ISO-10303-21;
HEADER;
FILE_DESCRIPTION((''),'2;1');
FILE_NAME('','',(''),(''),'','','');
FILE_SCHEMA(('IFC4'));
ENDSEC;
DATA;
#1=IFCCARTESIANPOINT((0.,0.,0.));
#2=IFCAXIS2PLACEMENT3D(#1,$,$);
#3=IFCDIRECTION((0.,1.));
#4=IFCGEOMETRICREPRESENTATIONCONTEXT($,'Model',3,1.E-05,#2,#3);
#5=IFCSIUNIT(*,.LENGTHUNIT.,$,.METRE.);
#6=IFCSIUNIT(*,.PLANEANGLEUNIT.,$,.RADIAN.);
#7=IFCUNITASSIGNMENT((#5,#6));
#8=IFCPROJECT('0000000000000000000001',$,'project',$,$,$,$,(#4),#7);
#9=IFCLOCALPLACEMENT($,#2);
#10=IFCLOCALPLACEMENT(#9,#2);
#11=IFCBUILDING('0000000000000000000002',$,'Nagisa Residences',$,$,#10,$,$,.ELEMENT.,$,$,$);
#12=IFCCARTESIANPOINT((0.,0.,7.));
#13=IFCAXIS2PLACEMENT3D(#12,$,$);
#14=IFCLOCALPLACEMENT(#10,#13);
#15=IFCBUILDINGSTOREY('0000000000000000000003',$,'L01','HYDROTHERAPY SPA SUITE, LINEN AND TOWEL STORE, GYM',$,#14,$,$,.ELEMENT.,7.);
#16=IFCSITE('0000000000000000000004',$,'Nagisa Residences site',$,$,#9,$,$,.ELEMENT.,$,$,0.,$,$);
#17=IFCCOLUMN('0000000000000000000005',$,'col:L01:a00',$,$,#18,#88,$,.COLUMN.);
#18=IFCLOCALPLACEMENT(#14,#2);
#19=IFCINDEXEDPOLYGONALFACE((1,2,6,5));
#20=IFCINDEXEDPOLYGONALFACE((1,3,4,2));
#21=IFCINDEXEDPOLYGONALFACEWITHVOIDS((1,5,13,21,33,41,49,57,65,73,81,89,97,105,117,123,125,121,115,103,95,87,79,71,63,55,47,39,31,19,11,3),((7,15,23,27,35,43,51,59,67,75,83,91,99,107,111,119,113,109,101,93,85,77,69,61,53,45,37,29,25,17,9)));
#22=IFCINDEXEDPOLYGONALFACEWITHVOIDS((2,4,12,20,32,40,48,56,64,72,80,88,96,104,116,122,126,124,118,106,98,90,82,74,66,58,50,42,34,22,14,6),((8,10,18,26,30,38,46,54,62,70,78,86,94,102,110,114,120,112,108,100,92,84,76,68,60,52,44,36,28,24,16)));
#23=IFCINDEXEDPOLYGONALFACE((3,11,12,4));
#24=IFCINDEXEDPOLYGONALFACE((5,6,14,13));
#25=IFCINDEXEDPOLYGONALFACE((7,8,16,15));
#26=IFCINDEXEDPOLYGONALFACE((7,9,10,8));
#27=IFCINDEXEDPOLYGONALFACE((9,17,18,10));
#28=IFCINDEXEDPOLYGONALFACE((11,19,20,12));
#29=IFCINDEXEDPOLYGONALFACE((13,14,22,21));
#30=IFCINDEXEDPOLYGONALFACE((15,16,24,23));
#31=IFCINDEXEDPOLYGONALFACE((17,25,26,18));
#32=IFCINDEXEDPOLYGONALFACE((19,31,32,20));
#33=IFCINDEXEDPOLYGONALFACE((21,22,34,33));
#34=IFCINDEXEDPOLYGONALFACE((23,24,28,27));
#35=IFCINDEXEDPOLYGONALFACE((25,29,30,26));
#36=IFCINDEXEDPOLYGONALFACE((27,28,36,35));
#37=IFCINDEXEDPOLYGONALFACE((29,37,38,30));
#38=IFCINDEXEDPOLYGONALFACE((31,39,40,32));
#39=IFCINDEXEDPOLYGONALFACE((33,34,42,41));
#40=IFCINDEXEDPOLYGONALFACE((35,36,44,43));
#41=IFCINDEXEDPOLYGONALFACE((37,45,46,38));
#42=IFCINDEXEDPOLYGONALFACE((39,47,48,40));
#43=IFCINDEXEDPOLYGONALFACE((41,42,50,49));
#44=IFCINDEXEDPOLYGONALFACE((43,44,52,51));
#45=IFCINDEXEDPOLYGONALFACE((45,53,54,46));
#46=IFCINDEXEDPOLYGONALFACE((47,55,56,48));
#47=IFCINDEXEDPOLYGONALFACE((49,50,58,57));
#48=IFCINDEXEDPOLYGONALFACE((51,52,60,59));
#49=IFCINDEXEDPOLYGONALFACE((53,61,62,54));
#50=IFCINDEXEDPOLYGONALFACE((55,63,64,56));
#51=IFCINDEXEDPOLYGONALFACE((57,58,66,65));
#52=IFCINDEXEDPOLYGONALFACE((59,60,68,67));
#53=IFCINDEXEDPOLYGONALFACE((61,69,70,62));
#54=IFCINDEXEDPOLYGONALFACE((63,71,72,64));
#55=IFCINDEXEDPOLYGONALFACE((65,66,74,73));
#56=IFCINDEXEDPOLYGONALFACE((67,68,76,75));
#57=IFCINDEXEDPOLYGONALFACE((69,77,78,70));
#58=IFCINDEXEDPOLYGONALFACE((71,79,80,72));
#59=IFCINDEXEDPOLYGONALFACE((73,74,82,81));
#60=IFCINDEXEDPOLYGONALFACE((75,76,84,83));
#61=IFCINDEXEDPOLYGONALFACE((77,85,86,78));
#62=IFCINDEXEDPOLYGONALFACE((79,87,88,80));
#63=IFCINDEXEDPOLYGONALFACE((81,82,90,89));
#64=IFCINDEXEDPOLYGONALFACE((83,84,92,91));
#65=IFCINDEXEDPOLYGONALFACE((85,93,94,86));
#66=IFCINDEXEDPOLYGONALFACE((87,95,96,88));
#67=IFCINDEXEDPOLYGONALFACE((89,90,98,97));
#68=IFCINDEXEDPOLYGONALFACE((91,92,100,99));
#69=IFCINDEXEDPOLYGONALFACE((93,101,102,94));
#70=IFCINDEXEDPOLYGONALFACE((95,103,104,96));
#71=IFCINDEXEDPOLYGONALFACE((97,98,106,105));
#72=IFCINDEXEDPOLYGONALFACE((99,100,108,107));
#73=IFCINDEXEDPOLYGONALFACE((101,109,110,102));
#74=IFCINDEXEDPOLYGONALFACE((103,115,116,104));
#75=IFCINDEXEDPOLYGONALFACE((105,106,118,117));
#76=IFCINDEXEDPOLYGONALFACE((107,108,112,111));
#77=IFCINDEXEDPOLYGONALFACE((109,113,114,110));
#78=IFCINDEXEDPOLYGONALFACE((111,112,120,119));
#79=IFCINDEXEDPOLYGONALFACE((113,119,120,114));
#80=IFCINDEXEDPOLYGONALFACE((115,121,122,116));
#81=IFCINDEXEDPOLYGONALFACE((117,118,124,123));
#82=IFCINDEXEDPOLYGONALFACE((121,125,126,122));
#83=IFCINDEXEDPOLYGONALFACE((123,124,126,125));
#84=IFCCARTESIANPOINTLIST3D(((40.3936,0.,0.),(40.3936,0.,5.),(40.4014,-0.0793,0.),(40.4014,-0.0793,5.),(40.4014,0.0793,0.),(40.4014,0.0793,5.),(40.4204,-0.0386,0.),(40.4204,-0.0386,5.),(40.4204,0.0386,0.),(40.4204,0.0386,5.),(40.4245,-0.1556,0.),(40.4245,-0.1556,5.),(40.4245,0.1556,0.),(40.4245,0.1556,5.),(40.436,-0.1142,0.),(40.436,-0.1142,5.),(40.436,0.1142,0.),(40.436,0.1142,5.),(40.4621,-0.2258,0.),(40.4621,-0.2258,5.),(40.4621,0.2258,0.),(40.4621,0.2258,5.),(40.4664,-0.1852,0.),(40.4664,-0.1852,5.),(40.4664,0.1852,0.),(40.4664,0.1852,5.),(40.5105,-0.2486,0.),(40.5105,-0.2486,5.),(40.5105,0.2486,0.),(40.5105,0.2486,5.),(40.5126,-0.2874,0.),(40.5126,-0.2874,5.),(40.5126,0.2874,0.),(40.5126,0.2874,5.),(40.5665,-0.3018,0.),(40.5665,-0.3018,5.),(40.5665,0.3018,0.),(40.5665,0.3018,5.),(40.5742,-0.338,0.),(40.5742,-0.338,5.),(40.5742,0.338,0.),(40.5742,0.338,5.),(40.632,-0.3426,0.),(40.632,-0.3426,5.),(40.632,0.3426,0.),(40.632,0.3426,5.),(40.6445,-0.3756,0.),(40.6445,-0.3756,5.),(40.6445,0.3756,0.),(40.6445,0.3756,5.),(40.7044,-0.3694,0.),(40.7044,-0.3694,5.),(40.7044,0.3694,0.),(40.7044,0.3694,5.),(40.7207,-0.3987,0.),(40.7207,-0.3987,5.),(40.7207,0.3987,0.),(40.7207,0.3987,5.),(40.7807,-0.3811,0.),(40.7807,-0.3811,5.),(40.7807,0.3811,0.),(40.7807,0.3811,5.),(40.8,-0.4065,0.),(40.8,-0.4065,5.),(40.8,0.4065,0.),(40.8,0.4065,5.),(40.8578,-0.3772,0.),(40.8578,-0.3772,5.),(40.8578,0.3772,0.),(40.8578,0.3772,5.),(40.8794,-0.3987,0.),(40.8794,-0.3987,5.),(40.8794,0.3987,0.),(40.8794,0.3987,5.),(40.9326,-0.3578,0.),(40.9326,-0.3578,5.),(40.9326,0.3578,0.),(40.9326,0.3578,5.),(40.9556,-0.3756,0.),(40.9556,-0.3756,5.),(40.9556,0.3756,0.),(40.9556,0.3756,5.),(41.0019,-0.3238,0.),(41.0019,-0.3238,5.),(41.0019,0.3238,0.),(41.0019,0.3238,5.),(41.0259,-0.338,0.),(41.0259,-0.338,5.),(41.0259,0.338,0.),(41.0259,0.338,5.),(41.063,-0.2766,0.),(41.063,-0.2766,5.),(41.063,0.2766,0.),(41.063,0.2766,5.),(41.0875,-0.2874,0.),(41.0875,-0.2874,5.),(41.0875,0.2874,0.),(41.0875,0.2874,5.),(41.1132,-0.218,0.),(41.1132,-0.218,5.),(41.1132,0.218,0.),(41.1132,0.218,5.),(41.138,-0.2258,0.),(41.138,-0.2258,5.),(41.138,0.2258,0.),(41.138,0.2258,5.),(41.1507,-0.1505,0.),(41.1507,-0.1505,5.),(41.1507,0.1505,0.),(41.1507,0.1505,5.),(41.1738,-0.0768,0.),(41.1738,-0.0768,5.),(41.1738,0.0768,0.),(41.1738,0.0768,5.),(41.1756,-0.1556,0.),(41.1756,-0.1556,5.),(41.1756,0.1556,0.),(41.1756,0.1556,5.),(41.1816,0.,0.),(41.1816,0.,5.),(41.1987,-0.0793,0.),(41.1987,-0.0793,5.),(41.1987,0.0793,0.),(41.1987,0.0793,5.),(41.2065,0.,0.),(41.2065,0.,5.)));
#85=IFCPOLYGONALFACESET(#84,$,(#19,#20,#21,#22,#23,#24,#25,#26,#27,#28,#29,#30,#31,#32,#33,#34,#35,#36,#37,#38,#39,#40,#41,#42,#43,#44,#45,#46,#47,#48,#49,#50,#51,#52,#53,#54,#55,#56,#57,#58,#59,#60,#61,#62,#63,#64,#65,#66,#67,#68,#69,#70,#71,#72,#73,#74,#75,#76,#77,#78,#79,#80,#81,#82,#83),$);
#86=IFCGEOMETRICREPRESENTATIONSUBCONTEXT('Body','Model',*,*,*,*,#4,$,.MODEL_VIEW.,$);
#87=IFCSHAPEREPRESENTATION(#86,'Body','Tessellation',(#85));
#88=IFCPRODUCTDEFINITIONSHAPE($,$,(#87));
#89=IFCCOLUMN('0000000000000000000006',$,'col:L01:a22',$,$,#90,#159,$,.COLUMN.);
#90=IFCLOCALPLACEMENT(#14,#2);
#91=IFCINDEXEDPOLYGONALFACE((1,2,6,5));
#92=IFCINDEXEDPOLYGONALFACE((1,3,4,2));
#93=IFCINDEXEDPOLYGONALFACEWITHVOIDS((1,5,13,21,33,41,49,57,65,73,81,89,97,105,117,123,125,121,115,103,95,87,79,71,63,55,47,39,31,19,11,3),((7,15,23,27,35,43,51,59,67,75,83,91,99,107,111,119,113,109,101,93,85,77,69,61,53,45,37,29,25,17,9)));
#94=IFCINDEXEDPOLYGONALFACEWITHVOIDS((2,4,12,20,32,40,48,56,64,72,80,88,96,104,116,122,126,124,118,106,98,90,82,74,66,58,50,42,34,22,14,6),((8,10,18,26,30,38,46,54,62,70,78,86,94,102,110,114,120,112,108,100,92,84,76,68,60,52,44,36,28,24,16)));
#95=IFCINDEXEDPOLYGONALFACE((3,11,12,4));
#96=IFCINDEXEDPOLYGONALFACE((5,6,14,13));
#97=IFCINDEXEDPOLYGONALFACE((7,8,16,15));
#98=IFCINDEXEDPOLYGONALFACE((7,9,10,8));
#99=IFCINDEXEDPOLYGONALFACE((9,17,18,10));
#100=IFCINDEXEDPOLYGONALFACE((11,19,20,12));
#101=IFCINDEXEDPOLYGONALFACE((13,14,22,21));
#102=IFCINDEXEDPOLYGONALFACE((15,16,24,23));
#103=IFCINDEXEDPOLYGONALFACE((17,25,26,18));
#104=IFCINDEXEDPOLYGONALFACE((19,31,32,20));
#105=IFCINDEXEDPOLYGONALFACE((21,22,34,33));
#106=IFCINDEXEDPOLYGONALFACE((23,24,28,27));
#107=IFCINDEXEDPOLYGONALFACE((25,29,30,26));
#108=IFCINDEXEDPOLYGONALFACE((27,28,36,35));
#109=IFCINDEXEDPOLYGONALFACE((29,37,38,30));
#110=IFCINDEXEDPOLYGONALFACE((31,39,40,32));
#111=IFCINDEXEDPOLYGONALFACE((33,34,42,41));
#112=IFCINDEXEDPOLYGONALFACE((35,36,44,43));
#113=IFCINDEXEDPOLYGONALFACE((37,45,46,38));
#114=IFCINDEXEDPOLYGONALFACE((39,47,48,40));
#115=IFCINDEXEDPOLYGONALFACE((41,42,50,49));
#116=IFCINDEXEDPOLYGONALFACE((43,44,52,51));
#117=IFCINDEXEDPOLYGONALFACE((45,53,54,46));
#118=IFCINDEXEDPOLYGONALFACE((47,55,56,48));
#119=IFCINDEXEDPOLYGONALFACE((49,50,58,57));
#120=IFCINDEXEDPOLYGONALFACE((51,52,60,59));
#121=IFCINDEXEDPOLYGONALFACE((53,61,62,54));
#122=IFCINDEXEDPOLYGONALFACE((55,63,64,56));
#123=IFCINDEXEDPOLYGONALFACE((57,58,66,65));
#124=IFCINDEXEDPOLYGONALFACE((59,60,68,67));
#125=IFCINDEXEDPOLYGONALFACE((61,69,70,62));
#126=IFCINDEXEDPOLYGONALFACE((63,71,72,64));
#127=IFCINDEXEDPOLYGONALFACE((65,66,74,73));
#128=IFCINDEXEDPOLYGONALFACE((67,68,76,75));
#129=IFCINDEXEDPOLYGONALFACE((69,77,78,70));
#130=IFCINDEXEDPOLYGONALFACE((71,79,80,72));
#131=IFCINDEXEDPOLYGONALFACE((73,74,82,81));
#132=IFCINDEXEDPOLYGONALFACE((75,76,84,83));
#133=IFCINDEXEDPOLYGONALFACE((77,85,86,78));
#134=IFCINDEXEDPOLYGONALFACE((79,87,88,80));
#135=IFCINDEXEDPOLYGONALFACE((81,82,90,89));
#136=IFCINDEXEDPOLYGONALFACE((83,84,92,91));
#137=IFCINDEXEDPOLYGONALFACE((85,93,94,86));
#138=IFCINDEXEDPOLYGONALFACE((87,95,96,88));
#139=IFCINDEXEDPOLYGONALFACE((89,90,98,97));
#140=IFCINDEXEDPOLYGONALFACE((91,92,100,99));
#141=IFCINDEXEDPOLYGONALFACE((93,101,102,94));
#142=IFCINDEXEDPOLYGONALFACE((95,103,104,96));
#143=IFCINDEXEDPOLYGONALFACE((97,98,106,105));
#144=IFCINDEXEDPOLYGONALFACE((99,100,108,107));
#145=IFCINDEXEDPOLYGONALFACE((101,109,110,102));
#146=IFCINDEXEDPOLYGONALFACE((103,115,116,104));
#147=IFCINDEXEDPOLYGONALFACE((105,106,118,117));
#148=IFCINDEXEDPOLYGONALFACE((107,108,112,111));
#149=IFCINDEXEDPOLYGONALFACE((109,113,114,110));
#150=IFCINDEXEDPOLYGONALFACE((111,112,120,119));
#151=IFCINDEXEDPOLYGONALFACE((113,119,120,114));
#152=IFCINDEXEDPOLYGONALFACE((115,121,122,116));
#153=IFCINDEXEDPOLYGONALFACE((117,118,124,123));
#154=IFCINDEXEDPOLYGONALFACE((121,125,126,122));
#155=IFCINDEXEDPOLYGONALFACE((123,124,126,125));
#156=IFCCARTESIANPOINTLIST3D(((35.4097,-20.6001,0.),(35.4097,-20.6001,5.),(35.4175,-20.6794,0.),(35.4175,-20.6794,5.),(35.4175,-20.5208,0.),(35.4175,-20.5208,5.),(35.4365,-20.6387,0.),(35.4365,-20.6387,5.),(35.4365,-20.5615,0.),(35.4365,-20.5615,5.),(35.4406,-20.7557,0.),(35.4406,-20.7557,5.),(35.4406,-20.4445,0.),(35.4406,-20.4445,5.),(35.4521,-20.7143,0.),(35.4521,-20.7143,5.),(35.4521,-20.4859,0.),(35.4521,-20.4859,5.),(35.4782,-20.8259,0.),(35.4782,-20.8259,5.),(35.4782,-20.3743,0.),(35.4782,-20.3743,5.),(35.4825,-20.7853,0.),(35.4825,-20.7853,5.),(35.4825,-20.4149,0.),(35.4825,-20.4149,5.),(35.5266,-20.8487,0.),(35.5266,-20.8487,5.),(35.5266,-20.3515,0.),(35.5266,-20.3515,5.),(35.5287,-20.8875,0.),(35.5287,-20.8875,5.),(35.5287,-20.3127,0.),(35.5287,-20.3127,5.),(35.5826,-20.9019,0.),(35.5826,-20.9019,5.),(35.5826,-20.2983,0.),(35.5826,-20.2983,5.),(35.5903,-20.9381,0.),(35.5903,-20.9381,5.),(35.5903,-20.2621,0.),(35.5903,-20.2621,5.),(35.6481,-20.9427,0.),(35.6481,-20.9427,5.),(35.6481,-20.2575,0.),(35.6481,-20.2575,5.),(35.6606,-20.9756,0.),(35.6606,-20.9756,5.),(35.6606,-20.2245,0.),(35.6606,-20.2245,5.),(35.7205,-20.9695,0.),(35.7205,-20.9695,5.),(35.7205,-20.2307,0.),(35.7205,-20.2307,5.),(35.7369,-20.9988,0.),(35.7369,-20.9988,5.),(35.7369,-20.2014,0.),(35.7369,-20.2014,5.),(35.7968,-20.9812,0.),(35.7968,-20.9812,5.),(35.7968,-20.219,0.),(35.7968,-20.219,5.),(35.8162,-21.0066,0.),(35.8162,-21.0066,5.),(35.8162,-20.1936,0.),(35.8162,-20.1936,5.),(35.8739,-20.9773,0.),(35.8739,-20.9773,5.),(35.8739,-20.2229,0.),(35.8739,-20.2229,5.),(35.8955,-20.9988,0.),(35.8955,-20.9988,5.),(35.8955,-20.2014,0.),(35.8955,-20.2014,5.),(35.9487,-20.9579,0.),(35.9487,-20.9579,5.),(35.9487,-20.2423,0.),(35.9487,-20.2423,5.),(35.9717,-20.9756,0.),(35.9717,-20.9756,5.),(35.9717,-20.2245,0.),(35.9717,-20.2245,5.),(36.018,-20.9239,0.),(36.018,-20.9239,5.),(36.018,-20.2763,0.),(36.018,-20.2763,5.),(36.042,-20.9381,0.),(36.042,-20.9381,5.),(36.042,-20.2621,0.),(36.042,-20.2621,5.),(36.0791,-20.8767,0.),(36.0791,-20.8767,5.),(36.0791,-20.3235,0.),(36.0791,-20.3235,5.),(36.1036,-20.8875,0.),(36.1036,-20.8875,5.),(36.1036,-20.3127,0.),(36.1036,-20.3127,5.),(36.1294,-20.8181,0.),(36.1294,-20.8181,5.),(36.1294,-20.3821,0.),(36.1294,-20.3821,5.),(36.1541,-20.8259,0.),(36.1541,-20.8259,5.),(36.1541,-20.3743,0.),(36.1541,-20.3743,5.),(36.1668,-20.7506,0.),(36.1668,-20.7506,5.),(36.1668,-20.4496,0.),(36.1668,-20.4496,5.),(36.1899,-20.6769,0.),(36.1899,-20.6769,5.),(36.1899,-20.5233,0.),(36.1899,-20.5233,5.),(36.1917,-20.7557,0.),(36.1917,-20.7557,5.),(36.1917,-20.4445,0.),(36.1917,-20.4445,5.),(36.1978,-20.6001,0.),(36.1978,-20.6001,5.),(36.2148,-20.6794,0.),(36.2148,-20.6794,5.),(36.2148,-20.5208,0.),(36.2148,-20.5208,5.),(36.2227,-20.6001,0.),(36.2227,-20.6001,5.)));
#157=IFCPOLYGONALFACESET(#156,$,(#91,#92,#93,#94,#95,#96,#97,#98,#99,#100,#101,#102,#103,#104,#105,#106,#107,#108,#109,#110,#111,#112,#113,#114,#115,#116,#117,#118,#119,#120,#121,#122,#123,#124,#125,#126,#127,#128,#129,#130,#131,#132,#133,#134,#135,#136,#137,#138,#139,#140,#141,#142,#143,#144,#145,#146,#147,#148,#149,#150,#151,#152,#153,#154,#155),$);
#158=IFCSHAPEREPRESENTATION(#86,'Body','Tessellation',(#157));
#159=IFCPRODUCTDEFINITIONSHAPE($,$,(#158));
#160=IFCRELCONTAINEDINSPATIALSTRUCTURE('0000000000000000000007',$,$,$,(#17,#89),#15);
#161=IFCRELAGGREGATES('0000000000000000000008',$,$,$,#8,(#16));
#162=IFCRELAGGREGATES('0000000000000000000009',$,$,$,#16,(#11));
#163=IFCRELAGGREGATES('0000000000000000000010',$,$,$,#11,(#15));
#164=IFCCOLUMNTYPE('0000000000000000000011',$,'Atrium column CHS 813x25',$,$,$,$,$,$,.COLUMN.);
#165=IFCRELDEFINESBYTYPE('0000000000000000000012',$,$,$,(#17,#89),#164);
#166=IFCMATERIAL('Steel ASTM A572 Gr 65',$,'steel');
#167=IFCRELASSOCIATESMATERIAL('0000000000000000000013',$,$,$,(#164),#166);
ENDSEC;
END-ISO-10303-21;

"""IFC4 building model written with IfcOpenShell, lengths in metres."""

from ifc_helpers import new_model, si_unit, direction, frame, origin, origin_2d, place, context, subcontext, project, spatial, hollow_circle, extrude, material, material_profile, profile_set, type_object, element, save


model = new_model("IFC4")

# Units and contexts
model_context = context("Model", 3, precision=1e-05, world=origin(), true_north=direction((0.0, 1.0)))
body_context = subcontext(model_context, "Body", "Model", "MODEL_VIEW")
ifc_project = project(units=[si_unit("LENGTHUNIT", "METRE"), si_unit("PLANEANGLEUNIT", "RADIAN")], contexts=[model_context])

# Site, building, storey
site_placement = place(None, origin())
site = spatial("IfcSite", under=ifc_project, at=site_placement, Name="Nagisa Residences site", CompositionType="ELEMENT", RefElevation=0.0)
building_placement = place(site_placement, origin())
building = spatial("IfcBuilding", under=site, at=building_placement, Name="Nagisa Residences", CompositionType="ELEMENT")
storey_placement = place(building_placement, frame((0.0, 0.0, 7.0)))
storey = spatial("IfcBuildingStorey", under=building, at=storey_placement, Name="L01", Description="HYDROTHERAPY SPA SUITE, LINEN AND TOWEL STORE, GYM", CompositionType="ELEMENT", Elevation=7.0)

# Columns
ifc_material_1 = material(Name="Steel ASTM A572 Gr 65", Category="steel")
ifc_material_profile_1 = material_profile(ifc_material_1, hollow_circle(Radius=0.4065, WallThickness=0.0249, at=origin_2d()), Name="CHS 813x25")
ifc_profile_set_1 = profile_set([ifc_material_profile_1], Name="Steel ASTM A572 Gr 65")
column_type_1 = type_object("IfcColumnType", Name="Atrium column CHS 813x25", PredefinedType="COLUMN", material=ifc_profile_set_1)
for number, where, z_axis, x_axis, name in (
    (1, (40.8, 0.0, 0.0), (0.0, 0.0, 1.0), (1.0, 0.0, 0.0), "col:L01:a00"),
    (2, (35.8162, -20.6001, 0.0), (0.0, 0.0, 1.0), (1.0, 0.0, 0.0), "col:L01:a22"),
):
    element("IfcColumn", number, at=place(storey_placement, frame(where, z_axis=z_axis, x_axis=x_axis)), inside=storey, type_object=column_type_1, Name=name, PredefinedType="COLUMN", context=body_context, shape_type="SweptSolid", body=[
        extrude(hollow_circle(Radius=0.4065, WallThickness=0.0249, at=origin_2d()), origin(), (0.0, 0.0, 1.0), 5.0),
    ])

save(model, "model.ifc")
